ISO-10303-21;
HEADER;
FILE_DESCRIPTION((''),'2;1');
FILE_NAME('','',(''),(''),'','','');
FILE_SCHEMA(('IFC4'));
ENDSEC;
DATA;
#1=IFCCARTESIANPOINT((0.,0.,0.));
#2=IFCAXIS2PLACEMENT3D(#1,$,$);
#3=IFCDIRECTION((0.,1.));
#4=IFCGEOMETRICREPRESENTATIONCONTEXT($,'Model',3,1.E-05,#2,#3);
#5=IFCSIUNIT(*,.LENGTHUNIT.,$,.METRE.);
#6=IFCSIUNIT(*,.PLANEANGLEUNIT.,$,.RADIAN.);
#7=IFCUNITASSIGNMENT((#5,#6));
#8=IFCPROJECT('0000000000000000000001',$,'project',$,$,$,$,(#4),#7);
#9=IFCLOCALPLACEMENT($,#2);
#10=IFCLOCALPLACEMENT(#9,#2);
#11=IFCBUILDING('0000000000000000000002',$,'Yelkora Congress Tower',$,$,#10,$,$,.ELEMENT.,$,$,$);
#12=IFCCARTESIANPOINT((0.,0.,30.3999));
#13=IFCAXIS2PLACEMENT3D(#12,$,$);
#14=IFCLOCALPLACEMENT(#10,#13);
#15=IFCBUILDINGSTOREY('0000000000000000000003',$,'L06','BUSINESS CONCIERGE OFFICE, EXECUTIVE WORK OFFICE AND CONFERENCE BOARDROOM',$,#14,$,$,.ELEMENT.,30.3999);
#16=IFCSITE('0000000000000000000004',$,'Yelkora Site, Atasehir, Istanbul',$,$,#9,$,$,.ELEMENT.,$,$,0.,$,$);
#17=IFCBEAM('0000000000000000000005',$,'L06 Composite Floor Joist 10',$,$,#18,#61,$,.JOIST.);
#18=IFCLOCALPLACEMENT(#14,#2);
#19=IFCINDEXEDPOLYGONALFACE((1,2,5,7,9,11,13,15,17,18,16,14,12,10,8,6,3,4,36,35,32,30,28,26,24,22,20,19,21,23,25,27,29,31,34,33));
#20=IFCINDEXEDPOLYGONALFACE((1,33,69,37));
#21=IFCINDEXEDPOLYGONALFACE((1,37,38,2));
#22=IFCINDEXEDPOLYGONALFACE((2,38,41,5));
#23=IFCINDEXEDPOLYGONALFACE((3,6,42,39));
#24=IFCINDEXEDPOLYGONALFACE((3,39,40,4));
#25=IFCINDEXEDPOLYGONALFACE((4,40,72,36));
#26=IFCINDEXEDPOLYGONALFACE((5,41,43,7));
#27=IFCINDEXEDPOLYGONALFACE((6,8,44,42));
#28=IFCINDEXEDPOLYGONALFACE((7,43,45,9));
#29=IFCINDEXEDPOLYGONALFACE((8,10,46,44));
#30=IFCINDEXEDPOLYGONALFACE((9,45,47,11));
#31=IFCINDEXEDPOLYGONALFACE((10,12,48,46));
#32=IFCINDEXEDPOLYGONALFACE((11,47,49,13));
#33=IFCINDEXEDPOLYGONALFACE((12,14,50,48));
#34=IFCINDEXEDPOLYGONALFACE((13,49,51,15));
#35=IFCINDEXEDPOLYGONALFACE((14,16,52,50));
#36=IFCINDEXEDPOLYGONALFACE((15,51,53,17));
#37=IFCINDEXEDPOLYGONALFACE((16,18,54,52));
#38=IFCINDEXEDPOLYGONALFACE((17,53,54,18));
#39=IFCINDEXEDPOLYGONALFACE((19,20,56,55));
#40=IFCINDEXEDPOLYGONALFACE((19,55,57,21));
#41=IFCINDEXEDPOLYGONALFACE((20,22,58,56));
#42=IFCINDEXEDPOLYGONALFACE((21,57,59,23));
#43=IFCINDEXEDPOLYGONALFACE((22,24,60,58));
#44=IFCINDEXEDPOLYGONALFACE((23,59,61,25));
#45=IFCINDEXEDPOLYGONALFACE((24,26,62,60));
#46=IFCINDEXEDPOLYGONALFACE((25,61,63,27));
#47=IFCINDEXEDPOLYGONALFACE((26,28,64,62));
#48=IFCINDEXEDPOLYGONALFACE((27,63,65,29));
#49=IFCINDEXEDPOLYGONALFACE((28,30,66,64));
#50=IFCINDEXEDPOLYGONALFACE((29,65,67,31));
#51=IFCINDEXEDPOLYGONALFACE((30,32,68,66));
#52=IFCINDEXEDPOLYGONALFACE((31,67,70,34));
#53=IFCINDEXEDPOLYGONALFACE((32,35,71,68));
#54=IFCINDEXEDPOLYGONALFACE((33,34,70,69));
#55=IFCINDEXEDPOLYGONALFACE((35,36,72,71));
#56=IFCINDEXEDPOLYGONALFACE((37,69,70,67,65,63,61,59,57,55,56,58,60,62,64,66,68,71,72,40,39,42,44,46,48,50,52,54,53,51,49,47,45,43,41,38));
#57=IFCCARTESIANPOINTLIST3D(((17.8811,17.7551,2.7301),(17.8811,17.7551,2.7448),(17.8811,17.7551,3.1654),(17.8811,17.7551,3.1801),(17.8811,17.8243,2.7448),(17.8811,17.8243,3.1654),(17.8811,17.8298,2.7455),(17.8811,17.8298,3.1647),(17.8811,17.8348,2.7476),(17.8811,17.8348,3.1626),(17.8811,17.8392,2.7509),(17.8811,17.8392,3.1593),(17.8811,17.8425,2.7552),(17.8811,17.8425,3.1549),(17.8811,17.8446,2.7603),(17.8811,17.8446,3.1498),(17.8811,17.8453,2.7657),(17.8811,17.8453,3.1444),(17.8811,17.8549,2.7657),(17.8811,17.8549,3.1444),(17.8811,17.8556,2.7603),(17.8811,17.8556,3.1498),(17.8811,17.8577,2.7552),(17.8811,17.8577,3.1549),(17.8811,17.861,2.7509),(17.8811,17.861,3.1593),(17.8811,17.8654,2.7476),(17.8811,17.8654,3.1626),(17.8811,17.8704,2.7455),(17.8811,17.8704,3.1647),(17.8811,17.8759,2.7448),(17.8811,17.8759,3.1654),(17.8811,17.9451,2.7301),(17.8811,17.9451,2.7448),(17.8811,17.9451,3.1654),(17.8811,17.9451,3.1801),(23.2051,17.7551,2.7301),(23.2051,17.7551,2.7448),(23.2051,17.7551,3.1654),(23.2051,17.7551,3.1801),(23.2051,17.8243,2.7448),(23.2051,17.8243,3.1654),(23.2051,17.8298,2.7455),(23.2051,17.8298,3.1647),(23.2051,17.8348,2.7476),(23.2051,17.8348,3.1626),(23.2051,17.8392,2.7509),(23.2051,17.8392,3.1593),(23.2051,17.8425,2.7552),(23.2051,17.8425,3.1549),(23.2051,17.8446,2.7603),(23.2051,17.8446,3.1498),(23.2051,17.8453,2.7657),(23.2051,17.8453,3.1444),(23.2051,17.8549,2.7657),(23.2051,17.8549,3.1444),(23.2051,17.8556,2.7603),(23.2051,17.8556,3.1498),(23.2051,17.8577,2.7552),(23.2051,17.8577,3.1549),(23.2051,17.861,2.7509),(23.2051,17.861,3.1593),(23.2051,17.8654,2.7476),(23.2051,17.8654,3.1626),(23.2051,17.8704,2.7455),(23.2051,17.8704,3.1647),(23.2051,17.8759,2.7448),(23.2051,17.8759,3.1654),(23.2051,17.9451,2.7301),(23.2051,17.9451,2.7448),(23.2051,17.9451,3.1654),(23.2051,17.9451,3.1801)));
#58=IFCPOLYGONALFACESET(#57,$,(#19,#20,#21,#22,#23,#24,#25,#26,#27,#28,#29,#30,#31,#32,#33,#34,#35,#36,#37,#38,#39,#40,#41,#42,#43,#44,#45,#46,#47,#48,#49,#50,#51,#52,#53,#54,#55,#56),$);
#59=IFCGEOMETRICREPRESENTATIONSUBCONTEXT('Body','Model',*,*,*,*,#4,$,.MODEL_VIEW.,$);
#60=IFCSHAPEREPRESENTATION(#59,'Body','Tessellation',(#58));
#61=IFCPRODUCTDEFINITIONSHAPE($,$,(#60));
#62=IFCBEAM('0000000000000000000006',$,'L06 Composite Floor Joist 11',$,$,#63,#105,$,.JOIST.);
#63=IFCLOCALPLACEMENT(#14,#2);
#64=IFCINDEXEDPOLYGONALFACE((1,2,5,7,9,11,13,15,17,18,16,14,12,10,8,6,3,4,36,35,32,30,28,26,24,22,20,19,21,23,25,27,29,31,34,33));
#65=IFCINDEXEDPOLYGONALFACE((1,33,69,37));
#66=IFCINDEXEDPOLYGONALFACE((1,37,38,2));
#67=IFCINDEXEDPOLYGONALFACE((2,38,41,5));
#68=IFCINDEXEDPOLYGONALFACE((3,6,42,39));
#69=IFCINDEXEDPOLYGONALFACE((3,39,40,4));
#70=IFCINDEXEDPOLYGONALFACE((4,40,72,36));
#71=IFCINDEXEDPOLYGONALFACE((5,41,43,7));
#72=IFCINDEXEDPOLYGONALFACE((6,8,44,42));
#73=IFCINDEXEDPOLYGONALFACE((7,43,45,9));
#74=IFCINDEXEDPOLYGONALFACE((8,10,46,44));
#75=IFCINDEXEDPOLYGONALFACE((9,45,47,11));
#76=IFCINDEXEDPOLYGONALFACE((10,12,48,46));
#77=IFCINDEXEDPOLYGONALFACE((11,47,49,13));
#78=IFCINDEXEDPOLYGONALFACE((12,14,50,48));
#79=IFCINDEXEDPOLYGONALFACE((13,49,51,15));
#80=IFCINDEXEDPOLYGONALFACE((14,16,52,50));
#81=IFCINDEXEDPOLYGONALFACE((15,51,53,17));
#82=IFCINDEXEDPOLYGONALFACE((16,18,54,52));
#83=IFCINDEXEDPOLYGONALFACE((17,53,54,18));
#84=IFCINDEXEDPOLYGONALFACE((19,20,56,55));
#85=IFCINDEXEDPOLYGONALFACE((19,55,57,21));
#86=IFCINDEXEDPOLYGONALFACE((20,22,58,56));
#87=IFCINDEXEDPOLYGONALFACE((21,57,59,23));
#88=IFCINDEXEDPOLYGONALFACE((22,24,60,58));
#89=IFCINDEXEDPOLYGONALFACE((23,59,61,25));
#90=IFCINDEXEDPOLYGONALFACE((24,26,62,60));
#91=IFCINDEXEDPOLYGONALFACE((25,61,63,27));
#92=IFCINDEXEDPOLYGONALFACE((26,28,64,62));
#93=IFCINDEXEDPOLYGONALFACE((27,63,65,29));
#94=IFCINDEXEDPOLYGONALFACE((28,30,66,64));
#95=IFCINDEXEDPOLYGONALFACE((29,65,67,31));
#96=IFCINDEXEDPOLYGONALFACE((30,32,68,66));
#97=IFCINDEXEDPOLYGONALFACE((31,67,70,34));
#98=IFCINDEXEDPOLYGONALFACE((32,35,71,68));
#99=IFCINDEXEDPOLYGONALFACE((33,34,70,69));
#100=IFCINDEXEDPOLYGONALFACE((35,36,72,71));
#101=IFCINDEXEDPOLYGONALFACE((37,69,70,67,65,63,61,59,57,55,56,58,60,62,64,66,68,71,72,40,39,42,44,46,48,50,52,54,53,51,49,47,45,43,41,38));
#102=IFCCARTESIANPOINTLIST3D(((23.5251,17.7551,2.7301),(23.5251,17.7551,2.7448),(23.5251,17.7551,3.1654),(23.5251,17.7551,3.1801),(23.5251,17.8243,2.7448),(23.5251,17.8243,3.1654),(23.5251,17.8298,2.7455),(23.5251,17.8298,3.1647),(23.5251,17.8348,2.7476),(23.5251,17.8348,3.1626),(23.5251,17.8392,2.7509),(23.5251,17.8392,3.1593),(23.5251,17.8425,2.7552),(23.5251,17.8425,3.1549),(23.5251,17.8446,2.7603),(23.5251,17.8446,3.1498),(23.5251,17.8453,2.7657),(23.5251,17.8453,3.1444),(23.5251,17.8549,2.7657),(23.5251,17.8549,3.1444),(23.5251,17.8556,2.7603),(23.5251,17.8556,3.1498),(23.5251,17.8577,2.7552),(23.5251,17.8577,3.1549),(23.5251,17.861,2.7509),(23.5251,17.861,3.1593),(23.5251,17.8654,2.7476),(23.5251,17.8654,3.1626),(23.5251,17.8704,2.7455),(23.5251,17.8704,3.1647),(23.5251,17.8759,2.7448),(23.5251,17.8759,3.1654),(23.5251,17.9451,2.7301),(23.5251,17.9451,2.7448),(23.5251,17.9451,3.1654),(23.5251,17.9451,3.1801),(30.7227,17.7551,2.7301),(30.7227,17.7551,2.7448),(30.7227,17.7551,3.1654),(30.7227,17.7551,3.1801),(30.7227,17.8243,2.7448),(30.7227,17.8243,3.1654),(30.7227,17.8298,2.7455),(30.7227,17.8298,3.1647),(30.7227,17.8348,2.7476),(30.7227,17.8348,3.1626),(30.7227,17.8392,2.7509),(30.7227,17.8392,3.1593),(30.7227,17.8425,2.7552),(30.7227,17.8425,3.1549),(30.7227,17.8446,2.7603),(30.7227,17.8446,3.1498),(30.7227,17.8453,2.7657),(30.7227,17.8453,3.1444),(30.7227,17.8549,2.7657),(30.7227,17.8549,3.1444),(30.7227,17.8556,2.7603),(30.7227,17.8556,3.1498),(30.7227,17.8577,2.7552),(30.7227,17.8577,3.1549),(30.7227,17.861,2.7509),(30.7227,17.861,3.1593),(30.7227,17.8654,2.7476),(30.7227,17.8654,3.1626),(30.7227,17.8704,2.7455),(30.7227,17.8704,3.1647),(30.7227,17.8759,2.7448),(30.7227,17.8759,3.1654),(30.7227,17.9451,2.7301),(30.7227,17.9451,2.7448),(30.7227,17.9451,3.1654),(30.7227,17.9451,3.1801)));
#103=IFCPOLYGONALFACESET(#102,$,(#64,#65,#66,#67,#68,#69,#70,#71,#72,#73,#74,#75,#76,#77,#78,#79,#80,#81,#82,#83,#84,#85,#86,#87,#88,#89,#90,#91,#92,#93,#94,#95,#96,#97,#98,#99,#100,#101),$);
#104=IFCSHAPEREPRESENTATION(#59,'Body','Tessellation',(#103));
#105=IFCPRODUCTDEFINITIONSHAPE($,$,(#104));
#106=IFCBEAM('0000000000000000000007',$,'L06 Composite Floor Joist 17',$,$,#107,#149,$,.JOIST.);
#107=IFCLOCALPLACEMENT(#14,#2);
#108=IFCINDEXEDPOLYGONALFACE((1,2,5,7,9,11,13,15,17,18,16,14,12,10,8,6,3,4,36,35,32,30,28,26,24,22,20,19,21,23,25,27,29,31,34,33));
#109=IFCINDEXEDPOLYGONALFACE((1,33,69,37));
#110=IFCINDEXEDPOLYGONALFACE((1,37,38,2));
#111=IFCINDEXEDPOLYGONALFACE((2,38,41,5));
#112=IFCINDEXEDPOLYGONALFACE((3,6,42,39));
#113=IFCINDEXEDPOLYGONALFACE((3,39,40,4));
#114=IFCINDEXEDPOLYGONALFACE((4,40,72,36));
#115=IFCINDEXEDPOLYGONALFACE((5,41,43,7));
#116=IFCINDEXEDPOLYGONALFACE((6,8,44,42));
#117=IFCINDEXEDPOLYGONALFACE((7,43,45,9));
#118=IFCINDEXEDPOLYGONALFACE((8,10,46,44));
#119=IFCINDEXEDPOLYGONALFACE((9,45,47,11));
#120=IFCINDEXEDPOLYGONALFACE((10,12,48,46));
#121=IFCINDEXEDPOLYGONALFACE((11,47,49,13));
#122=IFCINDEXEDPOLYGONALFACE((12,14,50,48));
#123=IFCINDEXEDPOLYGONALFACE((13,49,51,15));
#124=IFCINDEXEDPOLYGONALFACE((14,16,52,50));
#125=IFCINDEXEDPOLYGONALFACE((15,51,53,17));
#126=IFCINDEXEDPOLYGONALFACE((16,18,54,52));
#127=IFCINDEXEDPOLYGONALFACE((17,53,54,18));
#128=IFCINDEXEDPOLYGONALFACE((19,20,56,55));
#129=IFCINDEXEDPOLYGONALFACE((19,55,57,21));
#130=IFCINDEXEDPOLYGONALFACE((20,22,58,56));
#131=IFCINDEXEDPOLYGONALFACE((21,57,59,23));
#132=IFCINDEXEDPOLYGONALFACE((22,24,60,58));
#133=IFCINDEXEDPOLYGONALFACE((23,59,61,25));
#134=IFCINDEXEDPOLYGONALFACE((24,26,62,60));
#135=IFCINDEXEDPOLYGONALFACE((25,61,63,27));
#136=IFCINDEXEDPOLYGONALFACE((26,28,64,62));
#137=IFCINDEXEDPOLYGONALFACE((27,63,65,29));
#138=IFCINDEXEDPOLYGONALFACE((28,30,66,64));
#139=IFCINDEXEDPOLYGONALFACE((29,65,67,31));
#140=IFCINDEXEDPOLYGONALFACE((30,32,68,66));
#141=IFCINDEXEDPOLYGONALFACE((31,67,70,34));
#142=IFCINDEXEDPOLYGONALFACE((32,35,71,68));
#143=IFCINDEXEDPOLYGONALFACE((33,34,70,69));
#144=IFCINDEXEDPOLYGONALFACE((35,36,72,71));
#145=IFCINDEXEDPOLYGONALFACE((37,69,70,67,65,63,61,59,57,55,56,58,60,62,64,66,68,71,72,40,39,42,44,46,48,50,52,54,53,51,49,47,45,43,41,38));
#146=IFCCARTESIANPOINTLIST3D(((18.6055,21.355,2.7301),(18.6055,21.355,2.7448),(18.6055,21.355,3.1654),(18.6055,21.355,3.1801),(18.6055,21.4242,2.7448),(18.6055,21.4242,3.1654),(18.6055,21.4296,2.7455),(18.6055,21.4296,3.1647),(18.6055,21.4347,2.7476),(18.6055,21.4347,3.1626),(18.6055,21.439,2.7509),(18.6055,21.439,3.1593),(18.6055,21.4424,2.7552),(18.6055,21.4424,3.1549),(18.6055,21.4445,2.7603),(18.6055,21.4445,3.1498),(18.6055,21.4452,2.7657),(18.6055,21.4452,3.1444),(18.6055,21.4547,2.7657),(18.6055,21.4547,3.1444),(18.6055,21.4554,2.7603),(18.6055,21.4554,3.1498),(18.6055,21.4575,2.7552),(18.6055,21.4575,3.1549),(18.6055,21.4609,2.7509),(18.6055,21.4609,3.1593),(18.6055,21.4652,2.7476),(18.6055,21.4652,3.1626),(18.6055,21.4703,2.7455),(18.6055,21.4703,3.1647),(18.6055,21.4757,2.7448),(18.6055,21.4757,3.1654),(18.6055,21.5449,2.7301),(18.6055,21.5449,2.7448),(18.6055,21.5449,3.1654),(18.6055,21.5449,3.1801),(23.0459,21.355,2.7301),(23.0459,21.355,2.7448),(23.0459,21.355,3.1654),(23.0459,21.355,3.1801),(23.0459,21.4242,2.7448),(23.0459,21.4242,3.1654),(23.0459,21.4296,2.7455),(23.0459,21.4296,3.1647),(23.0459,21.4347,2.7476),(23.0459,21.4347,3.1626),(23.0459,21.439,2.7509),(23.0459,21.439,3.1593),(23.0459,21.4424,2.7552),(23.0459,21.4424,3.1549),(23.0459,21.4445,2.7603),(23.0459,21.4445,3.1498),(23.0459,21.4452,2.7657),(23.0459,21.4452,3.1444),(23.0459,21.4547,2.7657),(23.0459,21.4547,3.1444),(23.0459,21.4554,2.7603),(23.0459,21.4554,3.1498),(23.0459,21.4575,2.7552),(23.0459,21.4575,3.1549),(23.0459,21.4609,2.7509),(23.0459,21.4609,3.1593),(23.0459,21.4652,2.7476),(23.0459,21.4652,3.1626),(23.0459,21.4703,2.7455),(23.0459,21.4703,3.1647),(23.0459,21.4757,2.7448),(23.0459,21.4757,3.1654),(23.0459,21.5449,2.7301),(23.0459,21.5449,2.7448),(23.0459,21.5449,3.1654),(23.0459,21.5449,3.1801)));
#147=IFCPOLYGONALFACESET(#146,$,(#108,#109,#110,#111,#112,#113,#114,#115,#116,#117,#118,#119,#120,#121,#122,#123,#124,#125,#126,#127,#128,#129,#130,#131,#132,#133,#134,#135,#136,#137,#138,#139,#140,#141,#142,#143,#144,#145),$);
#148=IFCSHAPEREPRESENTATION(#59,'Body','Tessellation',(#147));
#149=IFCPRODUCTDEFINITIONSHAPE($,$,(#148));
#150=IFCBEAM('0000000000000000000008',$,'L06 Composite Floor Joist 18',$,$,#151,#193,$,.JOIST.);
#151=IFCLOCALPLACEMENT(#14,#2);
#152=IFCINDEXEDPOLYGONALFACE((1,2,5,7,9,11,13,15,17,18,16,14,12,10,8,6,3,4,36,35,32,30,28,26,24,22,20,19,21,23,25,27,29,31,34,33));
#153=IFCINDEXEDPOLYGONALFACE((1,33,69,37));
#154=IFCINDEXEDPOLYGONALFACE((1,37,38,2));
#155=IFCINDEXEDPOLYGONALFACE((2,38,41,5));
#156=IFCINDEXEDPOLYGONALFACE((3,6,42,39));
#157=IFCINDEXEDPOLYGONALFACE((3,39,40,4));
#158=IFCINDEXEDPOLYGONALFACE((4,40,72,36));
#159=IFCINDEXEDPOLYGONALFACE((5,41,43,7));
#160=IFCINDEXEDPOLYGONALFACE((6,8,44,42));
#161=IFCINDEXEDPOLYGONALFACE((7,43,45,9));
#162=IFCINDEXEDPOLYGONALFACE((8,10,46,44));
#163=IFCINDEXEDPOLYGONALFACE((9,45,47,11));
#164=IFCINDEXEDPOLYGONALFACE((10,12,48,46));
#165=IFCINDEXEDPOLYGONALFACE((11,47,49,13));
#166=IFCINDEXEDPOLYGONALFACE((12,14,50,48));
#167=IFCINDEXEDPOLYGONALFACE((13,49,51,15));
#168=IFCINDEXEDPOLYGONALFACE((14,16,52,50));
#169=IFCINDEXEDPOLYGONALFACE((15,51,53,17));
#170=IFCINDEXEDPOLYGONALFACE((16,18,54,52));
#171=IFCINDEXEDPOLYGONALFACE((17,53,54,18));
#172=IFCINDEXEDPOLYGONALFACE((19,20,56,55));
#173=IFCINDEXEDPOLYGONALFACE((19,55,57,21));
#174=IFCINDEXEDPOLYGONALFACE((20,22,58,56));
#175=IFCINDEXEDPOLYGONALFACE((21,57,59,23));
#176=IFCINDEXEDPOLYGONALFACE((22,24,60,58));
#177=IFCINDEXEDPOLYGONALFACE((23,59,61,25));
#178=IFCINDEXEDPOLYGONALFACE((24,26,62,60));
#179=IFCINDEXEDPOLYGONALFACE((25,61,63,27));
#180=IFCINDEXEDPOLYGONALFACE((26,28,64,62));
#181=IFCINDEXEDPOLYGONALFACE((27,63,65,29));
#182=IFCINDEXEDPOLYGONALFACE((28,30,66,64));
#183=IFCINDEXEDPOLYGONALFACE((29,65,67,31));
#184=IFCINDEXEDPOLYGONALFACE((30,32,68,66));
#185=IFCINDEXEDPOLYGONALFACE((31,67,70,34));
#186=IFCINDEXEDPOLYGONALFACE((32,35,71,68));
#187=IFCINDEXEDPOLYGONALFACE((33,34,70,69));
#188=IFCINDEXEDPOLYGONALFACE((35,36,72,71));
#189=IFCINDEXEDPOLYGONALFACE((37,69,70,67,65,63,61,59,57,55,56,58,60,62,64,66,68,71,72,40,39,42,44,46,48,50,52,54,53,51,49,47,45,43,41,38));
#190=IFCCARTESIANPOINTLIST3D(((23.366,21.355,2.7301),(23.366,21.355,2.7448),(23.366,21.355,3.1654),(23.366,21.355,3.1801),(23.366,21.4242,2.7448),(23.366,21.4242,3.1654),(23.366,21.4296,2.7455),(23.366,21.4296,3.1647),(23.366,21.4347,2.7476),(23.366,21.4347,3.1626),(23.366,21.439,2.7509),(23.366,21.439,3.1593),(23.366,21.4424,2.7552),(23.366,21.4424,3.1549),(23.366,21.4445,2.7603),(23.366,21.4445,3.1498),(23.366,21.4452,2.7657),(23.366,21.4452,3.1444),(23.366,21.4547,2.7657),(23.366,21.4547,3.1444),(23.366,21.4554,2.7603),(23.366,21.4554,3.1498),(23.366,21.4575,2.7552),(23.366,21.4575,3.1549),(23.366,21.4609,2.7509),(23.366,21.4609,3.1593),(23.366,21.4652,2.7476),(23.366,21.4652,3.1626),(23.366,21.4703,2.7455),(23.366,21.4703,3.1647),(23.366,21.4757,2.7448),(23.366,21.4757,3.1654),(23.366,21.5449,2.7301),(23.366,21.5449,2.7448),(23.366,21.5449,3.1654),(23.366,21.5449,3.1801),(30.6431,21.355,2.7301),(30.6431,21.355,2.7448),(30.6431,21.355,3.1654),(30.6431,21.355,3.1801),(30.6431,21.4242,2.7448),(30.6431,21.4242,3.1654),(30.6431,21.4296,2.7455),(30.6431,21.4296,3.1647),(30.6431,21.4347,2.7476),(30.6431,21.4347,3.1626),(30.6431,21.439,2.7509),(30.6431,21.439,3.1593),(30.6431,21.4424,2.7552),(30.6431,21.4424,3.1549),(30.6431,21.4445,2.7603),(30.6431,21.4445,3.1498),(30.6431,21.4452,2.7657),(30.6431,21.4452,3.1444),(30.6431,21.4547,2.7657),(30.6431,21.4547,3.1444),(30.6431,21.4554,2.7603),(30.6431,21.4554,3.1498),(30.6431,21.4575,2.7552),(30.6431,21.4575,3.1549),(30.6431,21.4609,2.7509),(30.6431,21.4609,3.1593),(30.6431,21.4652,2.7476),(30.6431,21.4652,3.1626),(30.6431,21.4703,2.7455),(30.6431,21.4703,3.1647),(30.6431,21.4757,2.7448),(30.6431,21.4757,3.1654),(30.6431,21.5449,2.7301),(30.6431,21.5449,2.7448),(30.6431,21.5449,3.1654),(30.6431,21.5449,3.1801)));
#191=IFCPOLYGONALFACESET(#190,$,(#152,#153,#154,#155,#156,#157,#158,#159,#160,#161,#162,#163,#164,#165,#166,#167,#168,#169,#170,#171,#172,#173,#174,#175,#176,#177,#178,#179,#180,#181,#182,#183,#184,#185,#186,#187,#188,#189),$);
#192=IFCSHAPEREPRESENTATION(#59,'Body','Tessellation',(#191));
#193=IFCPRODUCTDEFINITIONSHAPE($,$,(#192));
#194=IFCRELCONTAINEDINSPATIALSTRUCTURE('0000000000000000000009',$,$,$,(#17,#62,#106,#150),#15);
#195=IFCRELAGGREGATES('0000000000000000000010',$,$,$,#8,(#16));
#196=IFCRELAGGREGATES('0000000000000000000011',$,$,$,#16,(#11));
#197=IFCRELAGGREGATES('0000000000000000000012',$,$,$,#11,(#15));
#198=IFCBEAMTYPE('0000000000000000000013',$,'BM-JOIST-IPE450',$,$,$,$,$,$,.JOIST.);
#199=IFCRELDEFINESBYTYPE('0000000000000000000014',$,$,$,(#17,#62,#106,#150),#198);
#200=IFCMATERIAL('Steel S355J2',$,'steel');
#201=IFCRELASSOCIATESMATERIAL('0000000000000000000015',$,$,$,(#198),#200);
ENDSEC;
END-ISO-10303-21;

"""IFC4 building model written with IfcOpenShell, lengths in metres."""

from ifc_helpers import new_model, si_unit, direction, frame, origin, origin_2d, place, context, subcontext, project, spatial, i_section, extrude, material, material_profile, profile_set, type_object, element, save


model = new_model("IFC4")

# Units and contexts
model_context = context("Model", 3, precision=1e-05, world=origin(), true_north=direction((0.0, 1.0)))
body_context = subcontext(model_context, "Body", "Model", "MODEL_VIEW")
ifc_project = project(units=[si_unit("LENGTHUNIT", "METRE"), si_unit("PLANEANGLEUNIT", "RADIAN")], contexts=[model_context])

# Site, building, storey
site_placement = place(None, origin())
site = spatial("IfcSite", under=ifc_project, at=site_placement, Name="Yelkora Site, Atasehir, Istanbul", CompositionType="ELEMENT", RefElevation=0.0)
building_placement = place(site_placement, origin())
building = spatial("IfcBuilding", under=site, at=building_placement, Name="Yelkora Congress Tower", CompositionType="ELEMENT")
storey_placement = place(building_placement, frame((0.0, 0.0, 30.3999)))
storey = spatial("IfcBuildingStorey", under=building, at=storey_placement, Name="L06", Description="BUSINESS CONCIERGE OFFICE, EXECUTIVE WORK OFFICE AND CONFERENCE BOARDROOM", CompositionType="ELEMENT", Elevation=30.3999)

# Beams
ifc_material_1 = material(Name="Steel S355J2", Category="steel")
ifc_material_profile_1 = material_profile(ifc_material_1, i_section(OverallWidth=0.1899, OverallDepth=0.45, WebThickness=0.0095, FlangeThickness=0.0146, FilletRadius=0.021, at=origin_2d()), Name="IPE 450")
ifc_profile_set_1 = profile_set([ifc_material_profile_1], Name="Steel S355J2")
beam_type_1 = type_object("IfcBeamType", Name="BM-JOIST-IPE450", PredefinedType="JOIST", material=ifc_profile_set_1)
beam_1_placement = place(storey_placement, frame((17.8811, 17.8501, 2.9551), z_axis=(1.0, 0.0, 0.0), x_axis=(0.0, 1.0, 0.0)))
element("IfcBeam", 1, at=beam_1_placement, inside=storey, type_object=beam_type_1, Name="L06 Composite Floor Joist 10", PredefinedType="JOIST", context=body_context, shape_type="SweptSolid", body=[
    extrude(i_section(OverallWidth=0.1899, OverallDepth=0.45, WebThickness=0.0095, FlangeThickness=0.0146, FilletRadius=0.021, at=origin_2d()), origin(), (0.0, 0.0, 1.0), 5.324),
])
beam_2_placement = place(storey_placement, frame((23.5251, 17.8501, 2.9551), z_axis=(1.0, 0.0, 0.0), x_axis=(0.0, 1.0, 0.0)))
element("IfcBeam", 2, at=beam_2_placement, inside=storey, type_object=beam_type_1, Name="L06 Composite Floor Joist 11", PredefinedType="JOIST", context=body_context, shape_type="SweptSolid", body=[
    extrude(i_section(OverallWidth=0.1899, OverallDepth=0.45, WebThickness=0.0095, FlangeThickness=0.0146, FilletRadius=0.021, at=origin_2d()), origin(), (0.0, 0.0, 1.0), 7.1975),
])
beam_3_placement = place(storey_placement, frame((18.6055, 21.45, 2.9551), z_axis=(1.0, 0.0, 0.0), x_axis=(0.0, 1.0, 0.0)))
element("IfcBeam", 3, at=beam_3_placement, inside=storey, type_object=beam_type_1, Name="L06 Composite Floor Joist 17", PredefinedType="JOIST", context=body_context, shape_type="SweptSolid", body=[
    extrude(i_section(OverallWidth=0.1899, OverallDepth=0.45, WebThickness=0.0095, FlangeThickness=0.0146, FilletRadius=0.021, at=origin_2d()), origin(), (0.0, 0.0, 1.0), 4.4404),
])
beam_4_placement = place(storey_placement, frame((23.366, 21.45, 2.9551), z_axis=(1.0, 0.0, 0.0), x_axis=(0.0, 1.0, 0.0)))
element("IfcBeam", 4, at=beam_4_placement, inside=storey, type_object=beam_type_1, Name="L06 Composite Floor Joist 18", PredefinedType="JOIST", context=body_context, shape_type="SweptSolid", body=[
    extrude(i_section(OverallWidth=0.1899, OverallDepth=0.45, WebThickness=0.0095, FlangeThickness=0.0146, FilletRadius=0.021, at=origin_2d()), origin(), (0.0, 0.0, 1.0), 7.2771),
])

save(model, "model.ifc")
